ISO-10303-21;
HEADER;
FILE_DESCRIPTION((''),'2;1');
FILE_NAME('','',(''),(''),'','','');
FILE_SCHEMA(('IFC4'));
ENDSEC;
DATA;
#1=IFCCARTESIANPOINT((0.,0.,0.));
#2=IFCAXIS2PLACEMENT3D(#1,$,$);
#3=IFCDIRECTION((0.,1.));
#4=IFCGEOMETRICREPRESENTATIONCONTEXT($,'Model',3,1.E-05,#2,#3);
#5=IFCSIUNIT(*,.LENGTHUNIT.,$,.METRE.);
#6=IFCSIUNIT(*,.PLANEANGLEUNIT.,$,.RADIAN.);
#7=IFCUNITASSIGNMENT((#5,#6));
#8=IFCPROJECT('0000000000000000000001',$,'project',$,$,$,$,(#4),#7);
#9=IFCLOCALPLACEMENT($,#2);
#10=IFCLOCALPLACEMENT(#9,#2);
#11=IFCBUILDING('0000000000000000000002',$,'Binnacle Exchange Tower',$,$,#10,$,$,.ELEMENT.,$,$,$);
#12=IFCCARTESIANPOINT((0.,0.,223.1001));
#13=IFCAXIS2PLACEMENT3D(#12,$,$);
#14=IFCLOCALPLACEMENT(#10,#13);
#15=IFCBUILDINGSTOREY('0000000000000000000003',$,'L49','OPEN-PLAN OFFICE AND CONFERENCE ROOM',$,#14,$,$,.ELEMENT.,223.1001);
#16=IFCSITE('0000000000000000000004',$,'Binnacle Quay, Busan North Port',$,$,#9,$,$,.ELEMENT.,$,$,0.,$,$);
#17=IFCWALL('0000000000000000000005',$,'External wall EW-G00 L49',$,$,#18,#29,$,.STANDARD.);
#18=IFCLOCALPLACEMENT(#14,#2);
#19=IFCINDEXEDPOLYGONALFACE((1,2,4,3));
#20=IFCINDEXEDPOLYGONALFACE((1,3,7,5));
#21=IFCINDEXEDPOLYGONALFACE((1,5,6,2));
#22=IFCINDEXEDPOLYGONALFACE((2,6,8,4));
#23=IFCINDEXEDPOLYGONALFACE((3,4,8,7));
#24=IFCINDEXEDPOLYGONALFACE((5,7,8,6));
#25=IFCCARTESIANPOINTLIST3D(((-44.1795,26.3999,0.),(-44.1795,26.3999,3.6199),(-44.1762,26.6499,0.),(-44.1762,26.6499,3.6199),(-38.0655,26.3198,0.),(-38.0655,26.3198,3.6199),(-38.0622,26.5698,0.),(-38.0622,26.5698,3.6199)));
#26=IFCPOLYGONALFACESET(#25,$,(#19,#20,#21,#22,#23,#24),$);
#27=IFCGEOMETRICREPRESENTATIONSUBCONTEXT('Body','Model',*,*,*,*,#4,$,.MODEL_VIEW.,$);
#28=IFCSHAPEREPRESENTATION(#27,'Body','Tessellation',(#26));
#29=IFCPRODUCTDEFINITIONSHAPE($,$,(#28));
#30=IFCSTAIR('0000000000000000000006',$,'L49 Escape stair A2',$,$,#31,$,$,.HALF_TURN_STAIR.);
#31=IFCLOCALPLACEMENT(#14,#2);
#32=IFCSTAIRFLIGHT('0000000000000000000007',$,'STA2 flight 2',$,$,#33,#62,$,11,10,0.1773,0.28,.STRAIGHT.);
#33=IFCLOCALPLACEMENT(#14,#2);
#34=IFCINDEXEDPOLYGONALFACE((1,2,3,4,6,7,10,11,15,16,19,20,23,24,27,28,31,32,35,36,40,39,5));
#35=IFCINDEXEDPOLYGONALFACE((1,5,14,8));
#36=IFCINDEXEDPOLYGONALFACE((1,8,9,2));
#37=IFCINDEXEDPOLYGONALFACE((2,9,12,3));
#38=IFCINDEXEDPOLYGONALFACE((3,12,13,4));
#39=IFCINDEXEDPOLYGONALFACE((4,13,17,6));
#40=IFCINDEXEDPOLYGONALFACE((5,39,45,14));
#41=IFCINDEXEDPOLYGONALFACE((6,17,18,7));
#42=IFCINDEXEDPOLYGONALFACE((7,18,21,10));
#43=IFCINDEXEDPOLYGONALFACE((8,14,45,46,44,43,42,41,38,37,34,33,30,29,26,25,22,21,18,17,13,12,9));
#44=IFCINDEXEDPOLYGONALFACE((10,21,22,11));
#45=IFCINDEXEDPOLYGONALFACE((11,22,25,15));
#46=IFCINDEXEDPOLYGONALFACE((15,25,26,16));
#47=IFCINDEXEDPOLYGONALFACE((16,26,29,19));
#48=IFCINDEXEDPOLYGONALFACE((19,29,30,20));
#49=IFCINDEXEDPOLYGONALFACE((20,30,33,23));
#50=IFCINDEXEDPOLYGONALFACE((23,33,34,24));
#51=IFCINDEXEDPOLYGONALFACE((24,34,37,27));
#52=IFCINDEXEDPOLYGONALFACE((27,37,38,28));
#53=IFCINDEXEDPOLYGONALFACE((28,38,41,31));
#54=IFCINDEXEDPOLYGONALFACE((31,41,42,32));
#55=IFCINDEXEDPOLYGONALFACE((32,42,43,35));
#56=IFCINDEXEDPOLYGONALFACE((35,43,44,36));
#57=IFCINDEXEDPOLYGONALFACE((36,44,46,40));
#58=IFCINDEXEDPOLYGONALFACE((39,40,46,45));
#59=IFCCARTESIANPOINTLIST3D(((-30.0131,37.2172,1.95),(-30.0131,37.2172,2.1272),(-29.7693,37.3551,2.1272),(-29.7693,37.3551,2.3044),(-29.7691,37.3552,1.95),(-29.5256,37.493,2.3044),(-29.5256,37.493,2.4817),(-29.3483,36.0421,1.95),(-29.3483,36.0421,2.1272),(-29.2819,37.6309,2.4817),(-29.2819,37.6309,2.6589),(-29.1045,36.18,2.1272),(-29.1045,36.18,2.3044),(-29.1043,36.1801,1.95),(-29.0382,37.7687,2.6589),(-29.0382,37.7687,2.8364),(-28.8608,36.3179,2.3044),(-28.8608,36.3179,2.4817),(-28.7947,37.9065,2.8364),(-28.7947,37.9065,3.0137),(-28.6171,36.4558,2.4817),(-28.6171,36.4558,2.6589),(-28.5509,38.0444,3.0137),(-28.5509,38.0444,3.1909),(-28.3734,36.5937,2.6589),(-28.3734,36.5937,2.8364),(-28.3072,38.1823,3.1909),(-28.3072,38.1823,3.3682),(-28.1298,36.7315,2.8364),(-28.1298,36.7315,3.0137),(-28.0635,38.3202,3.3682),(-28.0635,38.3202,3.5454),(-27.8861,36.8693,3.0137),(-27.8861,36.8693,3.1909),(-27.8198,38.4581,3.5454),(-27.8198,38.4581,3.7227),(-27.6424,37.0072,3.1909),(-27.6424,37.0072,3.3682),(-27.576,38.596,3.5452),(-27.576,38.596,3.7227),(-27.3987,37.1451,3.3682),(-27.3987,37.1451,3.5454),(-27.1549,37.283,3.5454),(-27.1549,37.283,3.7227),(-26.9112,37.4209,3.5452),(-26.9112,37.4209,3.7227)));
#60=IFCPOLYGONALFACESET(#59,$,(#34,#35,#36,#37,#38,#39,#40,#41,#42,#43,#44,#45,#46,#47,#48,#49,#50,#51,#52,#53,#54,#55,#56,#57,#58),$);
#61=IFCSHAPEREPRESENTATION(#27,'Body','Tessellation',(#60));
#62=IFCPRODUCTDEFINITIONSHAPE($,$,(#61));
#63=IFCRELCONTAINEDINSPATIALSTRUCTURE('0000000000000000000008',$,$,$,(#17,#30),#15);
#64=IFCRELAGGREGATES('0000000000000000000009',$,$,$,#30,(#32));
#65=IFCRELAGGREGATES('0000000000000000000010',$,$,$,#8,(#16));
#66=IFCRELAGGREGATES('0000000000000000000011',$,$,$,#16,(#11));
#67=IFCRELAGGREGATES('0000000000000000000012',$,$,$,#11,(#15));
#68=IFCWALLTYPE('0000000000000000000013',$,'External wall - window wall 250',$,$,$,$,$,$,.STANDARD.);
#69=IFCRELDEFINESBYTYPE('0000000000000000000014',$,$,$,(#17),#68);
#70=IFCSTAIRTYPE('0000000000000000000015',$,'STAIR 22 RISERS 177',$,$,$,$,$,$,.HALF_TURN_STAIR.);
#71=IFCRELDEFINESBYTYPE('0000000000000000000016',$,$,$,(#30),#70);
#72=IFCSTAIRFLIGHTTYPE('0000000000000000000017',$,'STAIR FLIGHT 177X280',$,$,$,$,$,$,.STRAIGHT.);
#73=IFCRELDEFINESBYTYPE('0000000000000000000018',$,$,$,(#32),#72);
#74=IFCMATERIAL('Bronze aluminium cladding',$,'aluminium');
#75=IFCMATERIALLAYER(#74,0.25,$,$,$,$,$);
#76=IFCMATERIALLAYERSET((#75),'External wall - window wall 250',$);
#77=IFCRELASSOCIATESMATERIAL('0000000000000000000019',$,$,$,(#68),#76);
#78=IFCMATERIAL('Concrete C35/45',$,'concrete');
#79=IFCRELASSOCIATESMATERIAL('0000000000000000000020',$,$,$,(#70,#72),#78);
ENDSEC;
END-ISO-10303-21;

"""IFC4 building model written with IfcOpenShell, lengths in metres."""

from ifc_helpers import new_model, si_unit, direction, frame, frame_2d, origin, place, context, subcontext, project, spatial, polyline, rectangle, outline, extrude, material, layer, layer_set, type_object, element, aggregate, save


model = new_model("IFC4")

# Units and contexts
model_context = context("Model", 3, precision=1e-05, world=origin(), true_north=direction((0.0, 1.0)))
body_context = subcontext(model_context, "Body", "Model", "MODEL_VIEW")
ifc_project = project(units=[si_unit("LENGTHUNIT", "METRE"), si_unit("PLANEANGLEUNIT", "RADIAN")], contexts=[model_context])

# Site, building, storey
site_placement = place(None, origin())
site = spatial("IfcSite", under=ifc_project, at=site_placement, Name="Binnacle Quay, Busan North Port", CompositionType="ELEMENT", RefElevation=0.0)
building_placement = place(site_placement, origin())
building = spatial("IfcBuilding", under=site, at=building_placement, Name="Binnacle Exchange Tower", CompositionType="ELEMENT")
storey_placement = place(building_placement, frame((0.0, 0.0, 223.1001)))
storey = spatial("IfcBuildingStorey", under=building, at=storey_placement, Name="L49", Description="OPEN-PLAN OFFICE AND CONFERENCE ROOM", CompositionType="ELEMENT", Elevation=223.1001)

# Wall
ifc_material_1 = material(Name="Bronze aluminium cladding", Category="aluminium")
ifc_layer_1 = layer(ifc_material_1, 0.25)
ifc_layer_set_1 = layer_set([ifc_layer_1], Name="External wall - window wall 250")
wall_type_1 = type_object("IfcWallType", Name="External wall - window wall 250", PredefinedType="STANDARD", material=ifc_layer_set_1)
wall_1_placement = place(storey_placement, frame((-38.064, 26.4448, 0.0), z_axis=(0.0, 0.0, 1.0), x_axis=(-0.999914, 0.013096, 0.0)))
element("IfcWall", 1, at=wall_1_placement, inside=storey, type_object=wall_type_1, Name="External wall EW-G00 L49", PredefinedType="STANDARD", context=body_context, shape_type="SweptSolid", body=[
    extrude(rectangle(XDim=6.1145, YDim=0.25, at=frame_2d((3.0571, 0.0))), origin(), (0.0, 0.0, 1.0), 3.6199),
])

# Stair, stair flight
ifc_material_2 = material(Name="Concrete C35/45", Category="concrete")
stair_type = type_object("IfcStairType", Name="STAIR 22 RISERS 177", PredefinedType="HALF_TURN_STAIR", material=ifc_material_2)
stair_placement = place(storey_placement, origin())
stair = element("IfcStair", 2, at=stair_placement, inside=storey, type_object=stair_type, Name="L49 Escape stair A2", PredefinedType="HALF_TURN_STAIR")
stair_flight_type = type_object("IfcStairFlightType", Name="STAIR FLIGHT 177X280", PredefinedType="STRAIGHT", material=ifc_material_2)
stair_flight_placement = place(storey_placement, frame((-29.6807, 36.6296, 1.95), z_axis=(0.0, 0.0, 1.0), x_axis=(0.870356, 0.492424, 0.0)))
stair_flight = element("IfcStairFlight", 3, at=stair_flight_placement, type_object=stair_flight_type, Name="STA2 flight 2", NumberOfRisers=11, NumberOfTreads=10, PredefinedType="STRAIGHT", RiserHeight=0.1773, TreadLength=0.28, context=body_context, shape_type="SweptSolid", body=[
    extrude(outline(polyline([(0.0, 0.0), (0.0, 0.1772), (0.28, 0.1772), (0.28, 0.3545), (0.5601, 0.3545), (0.5601, 0.5317), (0.8401, 0.5317), (0.8401, 0.709), (1.1201, 0.709), (1.1201, 0.8865), (1.3999, 0.8865), (1.3999, 1.0637), (1.6799, 1.0637), (1.6799, 1.241), (1.96, 1.241), (1.96, 1.4182), (2.24, 1.4182), (2.24, 1.5955), (2.52, 1.5955), (2.52, 1.7727), (2.8, 1.7727), (2.8, 1.95), (2.8, 1.5952), (0.2803, 0.0), (0.0, 0.0)])), frame((0.0, 0.675, 0.0), z_axis=(0.0, -1.0, 0.0), x_axis=(1.0, 0.0, 0.0)), (0.0, 0.0, 1.0), 1.3501),
])
aggregate(stair, [stair_flight])

save(model, "model.ifc")
